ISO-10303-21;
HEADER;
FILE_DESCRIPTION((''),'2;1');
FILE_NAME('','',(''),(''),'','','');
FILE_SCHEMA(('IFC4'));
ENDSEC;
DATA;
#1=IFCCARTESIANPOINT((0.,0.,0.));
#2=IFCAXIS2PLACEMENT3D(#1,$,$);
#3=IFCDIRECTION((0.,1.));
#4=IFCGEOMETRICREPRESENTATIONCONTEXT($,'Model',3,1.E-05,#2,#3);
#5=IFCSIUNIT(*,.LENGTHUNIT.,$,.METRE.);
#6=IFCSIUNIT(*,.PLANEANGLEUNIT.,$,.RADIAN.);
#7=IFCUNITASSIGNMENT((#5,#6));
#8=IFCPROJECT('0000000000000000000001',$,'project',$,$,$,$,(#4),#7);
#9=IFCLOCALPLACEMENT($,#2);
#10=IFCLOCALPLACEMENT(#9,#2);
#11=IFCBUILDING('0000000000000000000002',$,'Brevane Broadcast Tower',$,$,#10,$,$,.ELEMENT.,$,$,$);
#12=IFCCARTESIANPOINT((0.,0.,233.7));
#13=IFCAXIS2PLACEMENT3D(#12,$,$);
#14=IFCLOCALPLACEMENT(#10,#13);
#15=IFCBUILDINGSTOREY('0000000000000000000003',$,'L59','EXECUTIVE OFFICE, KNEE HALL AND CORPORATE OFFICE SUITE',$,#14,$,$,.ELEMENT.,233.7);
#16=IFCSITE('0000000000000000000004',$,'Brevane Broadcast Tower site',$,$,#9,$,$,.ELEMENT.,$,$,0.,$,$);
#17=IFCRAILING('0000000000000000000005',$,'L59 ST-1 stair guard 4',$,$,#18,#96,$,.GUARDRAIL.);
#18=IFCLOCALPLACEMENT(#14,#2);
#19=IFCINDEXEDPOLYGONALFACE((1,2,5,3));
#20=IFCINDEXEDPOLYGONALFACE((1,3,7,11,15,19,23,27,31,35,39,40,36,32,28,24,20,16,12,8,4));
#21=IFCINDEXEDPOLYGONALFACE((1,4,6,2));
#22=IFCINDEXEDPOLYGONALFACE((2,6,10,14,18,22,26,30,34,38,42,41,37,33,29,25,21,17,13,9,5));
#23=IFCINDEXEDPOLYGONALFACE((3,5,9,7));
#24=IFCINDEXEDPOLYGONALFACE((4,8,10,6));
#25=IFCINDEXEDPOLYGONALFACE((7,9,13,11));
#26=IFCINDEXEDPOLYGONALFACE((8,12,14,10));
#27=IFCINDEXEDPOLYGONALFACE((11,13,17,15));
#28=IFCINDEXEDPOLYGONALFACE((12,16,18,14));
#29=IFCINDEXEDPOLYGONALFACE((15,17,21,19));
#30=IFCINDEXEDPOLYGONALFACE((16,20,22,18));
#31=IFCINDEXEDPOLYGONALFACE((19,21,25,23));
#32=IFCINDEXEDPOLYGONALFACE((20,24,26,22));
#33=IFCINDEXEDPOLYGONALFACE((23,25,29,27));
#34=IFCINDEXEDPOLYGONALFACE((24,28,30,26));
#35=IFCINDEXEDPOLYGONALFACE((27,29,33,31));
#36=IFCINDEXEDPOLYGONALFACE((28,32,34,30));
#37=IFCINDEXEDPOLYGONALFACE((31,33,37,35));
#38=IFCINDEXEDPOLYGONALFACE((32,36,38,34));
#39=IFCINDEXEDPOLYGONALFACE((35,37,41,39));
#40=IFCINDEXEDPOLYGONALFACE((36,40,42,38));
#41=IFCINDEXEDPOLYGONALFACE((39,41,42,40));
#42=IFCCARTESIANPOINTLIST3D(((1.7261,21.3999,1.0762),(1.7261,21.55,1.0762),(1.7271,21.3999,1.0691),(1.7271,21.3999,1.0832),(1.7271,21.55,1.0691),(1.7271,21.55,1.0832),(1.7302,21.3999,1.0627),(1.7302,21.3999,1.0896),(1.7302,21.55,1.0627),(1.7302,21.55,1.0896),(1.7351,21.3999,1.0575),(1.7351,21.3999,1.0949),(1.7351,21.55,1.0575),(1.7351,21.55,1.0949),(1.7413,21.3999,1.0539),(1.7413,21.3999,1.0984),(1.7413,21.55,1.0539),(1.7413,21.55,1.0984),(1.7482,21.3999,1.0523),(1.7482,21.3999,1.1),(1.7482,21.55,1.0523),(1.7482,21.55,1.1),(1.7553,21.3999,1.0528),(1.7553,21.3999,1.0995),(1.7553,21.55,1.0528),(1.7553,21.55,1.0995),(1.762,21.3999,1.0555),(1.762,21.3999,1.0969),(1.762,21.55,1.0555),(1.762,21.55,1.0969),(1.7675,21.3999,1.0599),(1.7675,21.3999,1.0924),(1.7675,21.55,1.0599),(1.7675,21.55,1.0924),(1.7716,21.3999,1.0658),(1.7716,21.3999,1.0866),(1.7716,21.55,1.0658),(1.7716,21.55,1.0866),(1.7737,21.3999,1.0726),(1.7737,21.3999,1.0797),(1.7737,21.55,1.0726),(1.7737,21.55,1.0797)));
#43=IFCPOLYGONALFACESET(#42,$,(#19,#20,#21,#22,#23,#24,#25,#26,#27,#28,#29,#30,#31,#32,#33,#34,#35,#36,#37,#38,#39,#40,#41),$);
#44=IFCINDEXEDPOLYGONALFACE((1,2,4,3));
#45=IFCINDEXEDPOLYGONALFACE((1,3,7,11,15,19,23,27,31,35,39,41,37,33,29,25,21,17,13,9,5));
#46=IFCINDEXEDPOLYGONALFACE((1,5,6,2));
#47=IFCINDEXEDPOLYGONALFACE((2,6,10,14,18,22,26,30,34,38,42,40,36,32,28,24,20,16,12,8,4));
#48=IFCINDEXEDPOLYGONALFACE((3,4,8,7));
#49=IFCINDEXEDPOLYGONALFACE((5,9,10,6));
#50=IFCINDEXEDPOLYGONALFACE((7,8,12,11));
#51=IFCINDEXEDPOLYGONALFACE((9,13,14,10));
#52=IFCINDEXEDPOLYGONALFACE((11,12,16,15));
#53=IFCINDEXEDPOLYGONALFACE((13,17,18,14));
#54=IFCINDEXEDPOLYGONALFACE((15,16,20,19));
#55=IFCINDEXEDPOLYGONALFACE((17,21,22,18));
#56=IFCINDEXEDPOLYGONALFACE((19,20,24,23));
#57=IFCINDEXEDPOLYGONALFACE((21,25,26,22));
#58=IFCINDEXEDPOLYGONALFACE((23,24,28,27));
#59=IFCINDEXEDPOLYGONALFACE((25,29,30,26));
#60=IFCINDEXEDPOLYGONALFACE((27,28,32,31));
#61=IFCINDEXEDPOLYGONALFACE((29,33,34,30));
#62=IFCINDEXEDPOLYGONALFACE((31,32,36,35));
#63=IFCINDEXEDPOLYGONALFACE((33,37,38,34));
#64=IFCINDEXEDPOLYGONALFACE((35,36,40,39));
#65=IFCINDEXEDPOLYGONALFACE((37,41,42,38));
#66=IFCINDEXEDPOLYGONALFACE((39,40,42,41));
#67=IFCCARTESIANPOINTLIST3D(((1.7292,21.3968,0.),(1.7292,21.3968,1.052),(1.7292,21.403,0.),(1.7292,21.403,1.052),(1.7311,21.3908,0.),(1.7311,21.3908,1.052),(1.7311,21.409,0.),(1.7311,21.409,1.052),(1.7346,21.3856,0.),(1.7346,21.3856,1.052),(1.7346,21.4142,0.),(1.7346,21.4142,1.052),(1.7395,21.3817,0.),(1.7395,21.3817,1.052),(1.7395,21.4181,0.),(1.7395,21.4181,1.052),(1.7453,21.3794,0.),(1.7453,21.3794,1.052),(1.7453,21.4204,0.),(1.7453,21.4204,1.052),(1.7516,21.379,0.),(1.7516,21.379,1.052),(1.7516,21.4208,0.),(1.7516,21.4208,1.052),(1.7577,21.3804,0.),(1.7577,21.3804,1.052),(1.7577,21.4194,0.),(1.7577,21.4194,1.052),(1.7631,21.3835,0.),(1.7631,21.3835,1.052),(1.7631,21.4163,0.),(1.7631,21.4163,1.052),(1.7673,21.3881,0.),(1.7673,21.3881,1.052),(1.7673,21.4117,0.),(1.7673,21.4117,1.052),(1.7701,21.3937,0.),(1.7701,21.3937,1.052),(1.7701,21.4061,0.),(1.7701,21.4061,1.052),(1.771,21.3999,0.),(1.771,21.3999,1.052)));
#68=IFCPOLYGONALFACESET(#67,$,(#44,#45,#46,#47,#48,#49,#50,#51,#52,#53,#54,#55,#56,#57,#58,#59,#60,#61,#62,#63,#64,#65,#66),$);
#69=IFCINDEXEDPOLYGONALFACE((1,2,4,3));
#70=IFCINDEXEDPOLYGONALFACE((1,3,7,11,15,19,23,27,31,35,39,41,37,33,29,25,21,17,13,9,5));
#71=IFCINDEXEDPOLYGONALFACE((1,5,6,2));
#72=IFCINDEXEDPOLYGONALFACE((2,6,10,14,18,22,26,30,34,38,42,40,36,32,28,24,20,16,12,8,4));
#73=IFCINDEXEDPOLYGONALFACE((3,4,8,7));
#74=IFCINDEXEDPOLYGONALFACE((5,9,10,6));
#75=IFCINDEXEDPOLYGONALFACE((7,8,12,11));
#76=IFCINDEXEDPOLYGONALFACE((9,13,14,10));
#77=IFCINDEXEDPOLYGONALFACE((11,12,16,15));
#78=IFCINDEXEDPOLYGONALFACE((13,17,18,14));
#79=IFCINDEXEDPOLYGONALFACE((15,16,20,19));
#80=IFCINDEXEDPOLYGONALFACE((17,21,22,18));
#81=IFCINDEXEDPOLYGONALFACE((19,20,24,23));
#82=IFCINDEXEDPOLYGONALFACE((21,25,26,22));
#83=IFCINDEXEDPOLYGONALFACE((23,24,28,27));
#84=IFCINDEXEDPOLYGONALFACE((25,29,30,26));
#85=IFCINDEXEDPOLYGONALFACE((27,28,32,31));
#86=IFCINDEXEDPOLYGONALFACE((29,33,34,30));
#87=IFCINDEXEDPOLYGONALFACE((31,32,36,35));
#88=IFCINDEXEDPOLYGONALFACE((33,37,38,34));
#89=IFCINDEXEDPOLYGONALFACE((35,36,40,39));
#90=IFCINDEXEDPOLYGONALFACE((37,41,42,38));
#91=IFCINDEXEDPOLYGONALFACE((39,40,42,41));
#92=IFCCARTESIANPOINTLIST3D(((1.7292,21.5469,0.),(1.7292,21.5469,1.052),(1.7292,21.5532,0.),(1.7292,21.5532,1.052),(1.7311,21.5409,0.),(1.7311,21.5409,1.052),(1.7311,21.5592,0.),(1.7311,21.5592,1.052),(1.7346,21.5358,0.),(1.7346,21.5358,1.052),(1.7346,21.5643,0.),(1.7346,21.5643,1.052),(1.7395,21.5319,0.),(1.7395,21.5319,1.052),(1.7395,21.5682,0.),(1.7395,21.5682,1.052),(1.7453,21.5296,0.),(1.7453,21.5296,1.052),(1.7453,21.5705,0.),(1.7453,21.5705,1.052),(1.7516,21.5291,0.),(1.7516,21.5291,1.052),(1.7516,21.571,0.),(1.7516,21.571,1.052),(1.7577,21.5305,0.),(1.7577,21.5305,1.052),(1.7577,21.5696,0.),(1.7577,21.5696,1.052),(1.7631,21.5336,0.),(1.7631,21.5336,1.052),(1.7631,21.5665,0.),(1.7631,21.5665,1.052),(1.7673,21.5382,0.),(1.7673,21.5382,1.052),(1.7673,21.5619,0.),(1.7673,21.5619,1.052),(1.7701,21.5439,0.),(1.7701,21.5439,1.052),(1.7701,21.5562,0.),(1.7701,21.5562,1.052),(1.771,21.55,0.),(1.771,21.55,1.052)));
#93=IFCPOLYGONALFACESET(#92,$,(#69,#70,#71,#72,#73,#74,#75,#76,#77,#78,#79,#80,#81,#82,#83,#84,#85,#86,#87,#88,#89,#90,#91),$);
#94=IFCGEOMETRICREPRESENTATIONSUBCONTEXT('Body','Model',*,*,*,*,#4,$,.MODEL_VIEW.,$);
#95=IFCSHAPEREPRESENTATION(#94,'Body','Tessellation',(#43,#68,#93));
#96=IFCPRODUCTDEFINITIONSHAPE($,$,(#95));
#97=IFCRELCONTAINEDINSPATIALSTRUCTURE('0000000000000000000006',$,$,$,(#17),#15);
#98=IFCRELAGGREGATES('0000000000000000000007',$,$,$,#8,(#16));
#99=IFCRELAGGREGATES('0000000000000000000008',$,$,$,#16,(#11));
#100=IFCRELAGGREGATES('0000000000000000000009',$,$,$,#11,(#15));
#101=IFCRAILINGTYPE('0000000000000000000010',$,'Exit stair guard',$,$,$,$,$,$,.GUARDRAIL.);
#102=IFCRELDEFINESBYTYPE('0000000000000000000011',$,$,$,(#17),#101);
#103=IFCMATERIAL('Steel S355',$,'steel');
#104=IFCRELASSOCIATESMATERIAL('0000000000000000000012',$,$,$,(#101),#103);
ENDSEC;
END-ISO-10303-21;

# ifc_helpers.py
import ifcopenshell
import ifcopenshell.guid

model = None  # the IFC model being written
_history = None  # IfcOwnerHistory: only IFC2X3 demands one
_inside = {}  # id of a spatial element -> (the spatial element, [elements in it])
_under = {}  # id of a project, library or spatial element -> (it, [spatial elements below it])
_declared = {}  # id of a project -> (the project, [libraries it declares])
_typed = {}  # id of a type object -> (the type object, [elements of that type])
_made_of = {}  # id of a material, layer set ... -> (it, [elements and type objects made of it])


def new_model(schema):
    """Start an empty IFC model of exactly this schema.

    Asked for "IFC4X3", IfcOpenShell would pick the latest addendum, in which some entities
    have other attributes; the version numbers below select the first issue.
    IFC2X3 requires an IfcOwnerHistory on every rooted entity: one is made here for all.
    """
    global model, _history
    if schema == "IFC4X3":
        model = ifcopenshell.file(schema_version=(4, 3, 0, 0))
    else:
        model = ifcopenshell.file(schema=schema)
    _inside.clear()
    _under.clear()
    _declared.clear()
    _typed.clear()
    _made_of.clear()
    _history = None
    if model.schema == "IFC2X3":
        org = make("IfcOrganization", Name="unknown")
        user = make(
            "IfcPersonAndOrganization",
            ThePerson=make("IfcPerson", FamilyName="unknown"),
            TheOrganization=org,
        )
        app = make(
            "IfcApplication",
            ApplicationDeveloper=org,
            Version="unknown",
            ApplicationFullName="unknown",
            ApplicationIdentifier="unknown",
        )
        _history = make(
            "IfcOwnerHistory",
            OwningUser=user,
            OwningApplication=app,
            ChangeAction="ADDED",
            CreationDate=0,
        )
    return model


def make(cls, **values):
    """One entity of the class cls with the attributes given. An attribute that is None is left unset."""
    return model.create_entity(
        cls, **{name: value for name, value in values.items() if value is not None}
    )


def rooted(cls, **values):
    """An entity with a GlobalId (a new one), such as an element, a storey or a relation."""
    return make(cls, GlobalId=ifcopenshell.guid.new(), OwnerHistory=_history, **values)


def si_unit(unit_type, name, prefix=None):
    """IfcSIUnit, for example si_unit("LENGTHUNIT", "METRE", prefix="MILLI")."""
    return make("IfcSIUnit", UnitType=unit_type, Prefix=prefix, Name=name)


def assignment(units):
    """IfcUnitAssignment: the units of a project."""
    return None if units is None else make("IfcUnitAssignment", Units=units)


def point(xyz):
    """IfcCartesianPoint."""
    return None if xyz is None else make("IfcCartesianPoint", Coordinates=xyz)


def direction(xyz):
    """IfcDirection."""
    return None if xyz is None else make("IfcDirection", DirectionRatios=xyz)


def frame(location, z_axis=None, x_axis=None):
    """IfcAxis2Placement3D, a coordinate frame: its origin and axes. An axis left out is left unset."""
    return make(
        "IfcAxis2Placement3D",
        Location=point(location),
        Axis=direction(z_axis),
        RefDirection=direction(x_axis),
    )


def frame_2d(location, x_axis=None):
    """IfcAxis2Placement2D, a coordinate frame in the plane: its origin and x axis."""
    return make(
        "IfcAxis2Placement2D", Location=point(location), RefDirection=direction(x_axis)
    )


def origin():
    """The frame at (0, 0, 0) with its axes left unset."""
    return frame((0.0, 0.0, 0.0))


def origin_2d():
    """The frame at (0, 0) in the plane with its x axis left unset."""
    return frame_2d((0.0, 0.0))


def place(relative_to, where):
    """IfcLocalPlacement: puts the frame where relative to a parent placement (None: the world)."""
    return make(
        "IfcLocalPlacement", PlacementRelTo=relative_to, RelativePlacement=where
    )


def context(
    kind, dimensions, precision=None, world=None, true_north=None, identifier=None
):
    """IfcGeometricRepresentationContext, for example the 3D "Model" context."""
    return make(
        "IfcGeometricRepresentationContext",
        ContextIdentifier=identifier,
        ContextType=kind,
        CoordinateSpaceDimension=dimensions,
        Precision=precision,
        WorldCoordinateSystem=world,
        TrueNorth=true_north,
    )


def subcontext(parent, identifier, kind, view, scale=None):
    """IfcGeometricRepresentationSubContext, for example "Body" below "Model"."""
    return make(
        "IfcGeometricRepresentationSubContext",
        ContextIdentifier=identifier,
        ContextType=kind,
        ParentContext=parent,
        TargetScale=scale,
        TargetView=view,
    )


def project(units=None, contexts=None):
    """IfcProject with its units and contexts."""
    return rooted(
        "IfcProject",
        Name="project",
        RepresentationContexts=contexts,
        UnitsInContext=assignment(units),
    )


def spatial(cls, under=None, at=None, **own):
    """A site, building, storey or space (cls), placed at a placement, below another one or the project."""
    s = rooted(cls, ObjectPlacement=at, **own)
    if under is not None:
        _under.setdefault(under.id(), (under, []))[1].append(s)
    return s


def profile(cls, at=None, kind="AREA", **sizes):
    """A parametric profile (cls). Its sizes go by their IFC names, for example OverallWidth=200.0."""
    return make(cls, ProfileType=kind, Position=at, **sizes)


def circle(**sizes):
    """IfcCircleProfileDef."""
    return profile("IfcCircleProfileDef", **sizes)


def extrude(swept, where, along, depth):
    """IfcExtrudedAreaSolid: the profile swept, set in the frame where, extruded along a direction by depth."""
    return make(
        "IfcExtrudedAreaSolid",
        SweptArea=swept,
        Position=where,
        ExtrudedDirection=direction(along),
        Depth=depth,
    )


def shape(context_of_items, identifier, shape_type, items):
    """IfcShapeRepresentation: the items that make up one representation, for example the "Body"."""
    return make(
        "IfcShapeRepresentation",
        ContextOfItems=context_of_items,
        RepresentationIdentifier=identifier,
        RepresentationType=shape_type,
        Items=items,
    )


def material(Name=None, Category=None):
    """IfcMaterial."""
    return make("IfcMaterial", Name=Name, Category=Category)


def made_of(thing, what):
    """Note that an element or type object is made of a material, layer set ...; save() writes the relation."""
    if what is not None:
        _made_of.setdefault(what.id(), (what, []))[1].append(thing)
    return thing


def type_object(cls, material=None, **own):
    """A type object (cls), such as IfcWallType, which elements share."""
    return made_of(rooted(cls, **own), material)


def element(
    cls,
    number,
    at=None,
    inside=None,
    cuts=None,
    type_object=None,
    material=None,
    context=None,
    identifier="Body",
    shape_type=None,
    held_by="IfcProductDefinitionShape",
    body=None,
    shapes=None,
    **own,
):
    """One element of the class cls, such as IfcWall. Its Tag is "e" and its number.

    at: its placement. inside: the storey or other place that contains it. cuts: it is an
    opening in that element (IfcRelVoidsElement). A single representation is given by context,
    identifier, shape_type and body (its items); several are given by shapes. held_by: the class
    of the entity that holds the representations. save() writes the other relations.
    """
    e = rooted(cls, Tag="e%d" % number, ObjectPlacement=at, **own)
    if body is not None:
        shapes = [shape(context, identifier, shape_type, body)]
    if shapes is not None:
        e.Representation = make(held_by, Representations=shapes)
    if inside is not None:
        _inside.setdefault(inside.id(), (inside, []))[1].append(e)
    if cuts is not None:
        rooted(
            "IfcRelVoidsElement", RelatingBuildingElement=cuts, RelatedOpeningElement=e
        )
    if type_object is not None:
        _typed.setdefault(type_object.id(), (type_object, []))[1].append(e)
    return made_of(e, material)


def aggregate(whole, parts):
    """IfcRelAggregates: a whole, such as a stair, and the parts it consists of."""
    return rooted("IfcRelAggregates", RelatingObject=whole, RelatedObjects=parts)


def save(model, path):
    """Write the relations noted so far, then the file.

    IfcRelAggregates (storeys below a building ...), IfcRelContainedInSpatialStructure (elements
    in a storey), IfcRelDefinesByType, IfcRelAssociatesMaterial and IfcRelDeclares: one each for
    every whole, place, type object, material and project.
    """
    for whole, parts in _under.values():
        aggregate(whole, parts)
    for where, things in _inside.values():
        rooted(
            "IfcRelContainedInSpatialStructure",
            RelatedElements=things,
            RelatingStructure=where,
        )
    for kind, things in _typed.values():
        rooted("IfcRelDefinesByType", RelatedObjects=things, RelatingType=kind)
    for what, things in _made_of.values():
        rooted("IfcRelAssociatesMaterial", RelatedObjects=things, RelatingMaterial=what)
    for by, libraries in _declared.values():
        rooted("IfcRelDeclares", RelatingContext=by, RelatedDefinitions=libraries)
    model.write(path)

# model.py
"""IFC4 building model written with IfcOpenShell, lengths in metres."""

from ifc_helpers import new_model, si_unit, direction, frame, origin, origin_2d, place, context, subcontext, project, spatial, circle, extrude, material, type_object, element, save


model = new_model("IFC4")

# Units and contexts
model_context = context("Model", 3, precision=1e-05, world=origin(), true_north=direction((0.0, 1.0)))
body_context = subcontext(model_context, "Body", "Model", "MODEL_VIEW")
ifc_project = project(units=[si_unit("LENGTHUNIT", "METRE"), si_unit("PLANEANGLEUNIT", "RADIAN")], contexts=[model_context])

# Site, building, storey
site_placement = place(None, origin())
site = spatial("IfcSite", under=ifc_project, at=site_placement, Name="Brevane Broadcast Tower site", CompositionType="ELEMENT", RefElevation=0.0)
building_placement = place(site_placement, origin())
building = spatial("IfcBuilding", under=site, at=building_placement, Name="Brevane Broadcast Tower", CompositionType="ELEMENT")
storey_placement = place(building_placement, frame((0.0, 0.0, 233.7)))
storey = spatial("IfcBuildingStorey", under=building, at=storey_placement, Name="L59", Description="EXECUTIVE OFFICE, KNEE HALL AND CORPORATE OFFICE SUITE", CompositionType="ELEMENT", Elevation=233.7)

# Railing
ifc_material_1 = material(Name="Steel S355", Category="steel")
railing_type_1 = type_object("IfcRailingType", Name="Exit stair guard", PredefinedType="GUARDRAIL", material=ifc_material_1)
railing_1_placement = place(storey_placement, frame((1.75, 21.3999, 0.0)))
element("IfcRailing", 1, at=railing_1_placement, inside=storey, type_object=railing_type_1, Name="L59 ST-1 stair guard 4", PredefinedType="GUARDRAIL", context=body_context, shape_type="SweptSolid", body=[
    extrude(circle(Radius=0.0239, at=origin_2d()), frame((0.0, 0.0, 1.0762), z_axis=(0.0, 1.0, 0.0), x_axis=(-1.0, 0.0, 0.0)), (0.0, 0.0, 1.0), 0.1501),
    extrude(circle(Radius=0.021, at=origin_2d()), origin(), (0.0, 0.0, 1.0), 1.052),
    extrude(circle(Radius=0.021, at=origin_2d()), frame((0.0, 0.1501, 0.0)), (0.0, 0.0, 1.0), 1.052),
])

save(model, "model.ifc")
